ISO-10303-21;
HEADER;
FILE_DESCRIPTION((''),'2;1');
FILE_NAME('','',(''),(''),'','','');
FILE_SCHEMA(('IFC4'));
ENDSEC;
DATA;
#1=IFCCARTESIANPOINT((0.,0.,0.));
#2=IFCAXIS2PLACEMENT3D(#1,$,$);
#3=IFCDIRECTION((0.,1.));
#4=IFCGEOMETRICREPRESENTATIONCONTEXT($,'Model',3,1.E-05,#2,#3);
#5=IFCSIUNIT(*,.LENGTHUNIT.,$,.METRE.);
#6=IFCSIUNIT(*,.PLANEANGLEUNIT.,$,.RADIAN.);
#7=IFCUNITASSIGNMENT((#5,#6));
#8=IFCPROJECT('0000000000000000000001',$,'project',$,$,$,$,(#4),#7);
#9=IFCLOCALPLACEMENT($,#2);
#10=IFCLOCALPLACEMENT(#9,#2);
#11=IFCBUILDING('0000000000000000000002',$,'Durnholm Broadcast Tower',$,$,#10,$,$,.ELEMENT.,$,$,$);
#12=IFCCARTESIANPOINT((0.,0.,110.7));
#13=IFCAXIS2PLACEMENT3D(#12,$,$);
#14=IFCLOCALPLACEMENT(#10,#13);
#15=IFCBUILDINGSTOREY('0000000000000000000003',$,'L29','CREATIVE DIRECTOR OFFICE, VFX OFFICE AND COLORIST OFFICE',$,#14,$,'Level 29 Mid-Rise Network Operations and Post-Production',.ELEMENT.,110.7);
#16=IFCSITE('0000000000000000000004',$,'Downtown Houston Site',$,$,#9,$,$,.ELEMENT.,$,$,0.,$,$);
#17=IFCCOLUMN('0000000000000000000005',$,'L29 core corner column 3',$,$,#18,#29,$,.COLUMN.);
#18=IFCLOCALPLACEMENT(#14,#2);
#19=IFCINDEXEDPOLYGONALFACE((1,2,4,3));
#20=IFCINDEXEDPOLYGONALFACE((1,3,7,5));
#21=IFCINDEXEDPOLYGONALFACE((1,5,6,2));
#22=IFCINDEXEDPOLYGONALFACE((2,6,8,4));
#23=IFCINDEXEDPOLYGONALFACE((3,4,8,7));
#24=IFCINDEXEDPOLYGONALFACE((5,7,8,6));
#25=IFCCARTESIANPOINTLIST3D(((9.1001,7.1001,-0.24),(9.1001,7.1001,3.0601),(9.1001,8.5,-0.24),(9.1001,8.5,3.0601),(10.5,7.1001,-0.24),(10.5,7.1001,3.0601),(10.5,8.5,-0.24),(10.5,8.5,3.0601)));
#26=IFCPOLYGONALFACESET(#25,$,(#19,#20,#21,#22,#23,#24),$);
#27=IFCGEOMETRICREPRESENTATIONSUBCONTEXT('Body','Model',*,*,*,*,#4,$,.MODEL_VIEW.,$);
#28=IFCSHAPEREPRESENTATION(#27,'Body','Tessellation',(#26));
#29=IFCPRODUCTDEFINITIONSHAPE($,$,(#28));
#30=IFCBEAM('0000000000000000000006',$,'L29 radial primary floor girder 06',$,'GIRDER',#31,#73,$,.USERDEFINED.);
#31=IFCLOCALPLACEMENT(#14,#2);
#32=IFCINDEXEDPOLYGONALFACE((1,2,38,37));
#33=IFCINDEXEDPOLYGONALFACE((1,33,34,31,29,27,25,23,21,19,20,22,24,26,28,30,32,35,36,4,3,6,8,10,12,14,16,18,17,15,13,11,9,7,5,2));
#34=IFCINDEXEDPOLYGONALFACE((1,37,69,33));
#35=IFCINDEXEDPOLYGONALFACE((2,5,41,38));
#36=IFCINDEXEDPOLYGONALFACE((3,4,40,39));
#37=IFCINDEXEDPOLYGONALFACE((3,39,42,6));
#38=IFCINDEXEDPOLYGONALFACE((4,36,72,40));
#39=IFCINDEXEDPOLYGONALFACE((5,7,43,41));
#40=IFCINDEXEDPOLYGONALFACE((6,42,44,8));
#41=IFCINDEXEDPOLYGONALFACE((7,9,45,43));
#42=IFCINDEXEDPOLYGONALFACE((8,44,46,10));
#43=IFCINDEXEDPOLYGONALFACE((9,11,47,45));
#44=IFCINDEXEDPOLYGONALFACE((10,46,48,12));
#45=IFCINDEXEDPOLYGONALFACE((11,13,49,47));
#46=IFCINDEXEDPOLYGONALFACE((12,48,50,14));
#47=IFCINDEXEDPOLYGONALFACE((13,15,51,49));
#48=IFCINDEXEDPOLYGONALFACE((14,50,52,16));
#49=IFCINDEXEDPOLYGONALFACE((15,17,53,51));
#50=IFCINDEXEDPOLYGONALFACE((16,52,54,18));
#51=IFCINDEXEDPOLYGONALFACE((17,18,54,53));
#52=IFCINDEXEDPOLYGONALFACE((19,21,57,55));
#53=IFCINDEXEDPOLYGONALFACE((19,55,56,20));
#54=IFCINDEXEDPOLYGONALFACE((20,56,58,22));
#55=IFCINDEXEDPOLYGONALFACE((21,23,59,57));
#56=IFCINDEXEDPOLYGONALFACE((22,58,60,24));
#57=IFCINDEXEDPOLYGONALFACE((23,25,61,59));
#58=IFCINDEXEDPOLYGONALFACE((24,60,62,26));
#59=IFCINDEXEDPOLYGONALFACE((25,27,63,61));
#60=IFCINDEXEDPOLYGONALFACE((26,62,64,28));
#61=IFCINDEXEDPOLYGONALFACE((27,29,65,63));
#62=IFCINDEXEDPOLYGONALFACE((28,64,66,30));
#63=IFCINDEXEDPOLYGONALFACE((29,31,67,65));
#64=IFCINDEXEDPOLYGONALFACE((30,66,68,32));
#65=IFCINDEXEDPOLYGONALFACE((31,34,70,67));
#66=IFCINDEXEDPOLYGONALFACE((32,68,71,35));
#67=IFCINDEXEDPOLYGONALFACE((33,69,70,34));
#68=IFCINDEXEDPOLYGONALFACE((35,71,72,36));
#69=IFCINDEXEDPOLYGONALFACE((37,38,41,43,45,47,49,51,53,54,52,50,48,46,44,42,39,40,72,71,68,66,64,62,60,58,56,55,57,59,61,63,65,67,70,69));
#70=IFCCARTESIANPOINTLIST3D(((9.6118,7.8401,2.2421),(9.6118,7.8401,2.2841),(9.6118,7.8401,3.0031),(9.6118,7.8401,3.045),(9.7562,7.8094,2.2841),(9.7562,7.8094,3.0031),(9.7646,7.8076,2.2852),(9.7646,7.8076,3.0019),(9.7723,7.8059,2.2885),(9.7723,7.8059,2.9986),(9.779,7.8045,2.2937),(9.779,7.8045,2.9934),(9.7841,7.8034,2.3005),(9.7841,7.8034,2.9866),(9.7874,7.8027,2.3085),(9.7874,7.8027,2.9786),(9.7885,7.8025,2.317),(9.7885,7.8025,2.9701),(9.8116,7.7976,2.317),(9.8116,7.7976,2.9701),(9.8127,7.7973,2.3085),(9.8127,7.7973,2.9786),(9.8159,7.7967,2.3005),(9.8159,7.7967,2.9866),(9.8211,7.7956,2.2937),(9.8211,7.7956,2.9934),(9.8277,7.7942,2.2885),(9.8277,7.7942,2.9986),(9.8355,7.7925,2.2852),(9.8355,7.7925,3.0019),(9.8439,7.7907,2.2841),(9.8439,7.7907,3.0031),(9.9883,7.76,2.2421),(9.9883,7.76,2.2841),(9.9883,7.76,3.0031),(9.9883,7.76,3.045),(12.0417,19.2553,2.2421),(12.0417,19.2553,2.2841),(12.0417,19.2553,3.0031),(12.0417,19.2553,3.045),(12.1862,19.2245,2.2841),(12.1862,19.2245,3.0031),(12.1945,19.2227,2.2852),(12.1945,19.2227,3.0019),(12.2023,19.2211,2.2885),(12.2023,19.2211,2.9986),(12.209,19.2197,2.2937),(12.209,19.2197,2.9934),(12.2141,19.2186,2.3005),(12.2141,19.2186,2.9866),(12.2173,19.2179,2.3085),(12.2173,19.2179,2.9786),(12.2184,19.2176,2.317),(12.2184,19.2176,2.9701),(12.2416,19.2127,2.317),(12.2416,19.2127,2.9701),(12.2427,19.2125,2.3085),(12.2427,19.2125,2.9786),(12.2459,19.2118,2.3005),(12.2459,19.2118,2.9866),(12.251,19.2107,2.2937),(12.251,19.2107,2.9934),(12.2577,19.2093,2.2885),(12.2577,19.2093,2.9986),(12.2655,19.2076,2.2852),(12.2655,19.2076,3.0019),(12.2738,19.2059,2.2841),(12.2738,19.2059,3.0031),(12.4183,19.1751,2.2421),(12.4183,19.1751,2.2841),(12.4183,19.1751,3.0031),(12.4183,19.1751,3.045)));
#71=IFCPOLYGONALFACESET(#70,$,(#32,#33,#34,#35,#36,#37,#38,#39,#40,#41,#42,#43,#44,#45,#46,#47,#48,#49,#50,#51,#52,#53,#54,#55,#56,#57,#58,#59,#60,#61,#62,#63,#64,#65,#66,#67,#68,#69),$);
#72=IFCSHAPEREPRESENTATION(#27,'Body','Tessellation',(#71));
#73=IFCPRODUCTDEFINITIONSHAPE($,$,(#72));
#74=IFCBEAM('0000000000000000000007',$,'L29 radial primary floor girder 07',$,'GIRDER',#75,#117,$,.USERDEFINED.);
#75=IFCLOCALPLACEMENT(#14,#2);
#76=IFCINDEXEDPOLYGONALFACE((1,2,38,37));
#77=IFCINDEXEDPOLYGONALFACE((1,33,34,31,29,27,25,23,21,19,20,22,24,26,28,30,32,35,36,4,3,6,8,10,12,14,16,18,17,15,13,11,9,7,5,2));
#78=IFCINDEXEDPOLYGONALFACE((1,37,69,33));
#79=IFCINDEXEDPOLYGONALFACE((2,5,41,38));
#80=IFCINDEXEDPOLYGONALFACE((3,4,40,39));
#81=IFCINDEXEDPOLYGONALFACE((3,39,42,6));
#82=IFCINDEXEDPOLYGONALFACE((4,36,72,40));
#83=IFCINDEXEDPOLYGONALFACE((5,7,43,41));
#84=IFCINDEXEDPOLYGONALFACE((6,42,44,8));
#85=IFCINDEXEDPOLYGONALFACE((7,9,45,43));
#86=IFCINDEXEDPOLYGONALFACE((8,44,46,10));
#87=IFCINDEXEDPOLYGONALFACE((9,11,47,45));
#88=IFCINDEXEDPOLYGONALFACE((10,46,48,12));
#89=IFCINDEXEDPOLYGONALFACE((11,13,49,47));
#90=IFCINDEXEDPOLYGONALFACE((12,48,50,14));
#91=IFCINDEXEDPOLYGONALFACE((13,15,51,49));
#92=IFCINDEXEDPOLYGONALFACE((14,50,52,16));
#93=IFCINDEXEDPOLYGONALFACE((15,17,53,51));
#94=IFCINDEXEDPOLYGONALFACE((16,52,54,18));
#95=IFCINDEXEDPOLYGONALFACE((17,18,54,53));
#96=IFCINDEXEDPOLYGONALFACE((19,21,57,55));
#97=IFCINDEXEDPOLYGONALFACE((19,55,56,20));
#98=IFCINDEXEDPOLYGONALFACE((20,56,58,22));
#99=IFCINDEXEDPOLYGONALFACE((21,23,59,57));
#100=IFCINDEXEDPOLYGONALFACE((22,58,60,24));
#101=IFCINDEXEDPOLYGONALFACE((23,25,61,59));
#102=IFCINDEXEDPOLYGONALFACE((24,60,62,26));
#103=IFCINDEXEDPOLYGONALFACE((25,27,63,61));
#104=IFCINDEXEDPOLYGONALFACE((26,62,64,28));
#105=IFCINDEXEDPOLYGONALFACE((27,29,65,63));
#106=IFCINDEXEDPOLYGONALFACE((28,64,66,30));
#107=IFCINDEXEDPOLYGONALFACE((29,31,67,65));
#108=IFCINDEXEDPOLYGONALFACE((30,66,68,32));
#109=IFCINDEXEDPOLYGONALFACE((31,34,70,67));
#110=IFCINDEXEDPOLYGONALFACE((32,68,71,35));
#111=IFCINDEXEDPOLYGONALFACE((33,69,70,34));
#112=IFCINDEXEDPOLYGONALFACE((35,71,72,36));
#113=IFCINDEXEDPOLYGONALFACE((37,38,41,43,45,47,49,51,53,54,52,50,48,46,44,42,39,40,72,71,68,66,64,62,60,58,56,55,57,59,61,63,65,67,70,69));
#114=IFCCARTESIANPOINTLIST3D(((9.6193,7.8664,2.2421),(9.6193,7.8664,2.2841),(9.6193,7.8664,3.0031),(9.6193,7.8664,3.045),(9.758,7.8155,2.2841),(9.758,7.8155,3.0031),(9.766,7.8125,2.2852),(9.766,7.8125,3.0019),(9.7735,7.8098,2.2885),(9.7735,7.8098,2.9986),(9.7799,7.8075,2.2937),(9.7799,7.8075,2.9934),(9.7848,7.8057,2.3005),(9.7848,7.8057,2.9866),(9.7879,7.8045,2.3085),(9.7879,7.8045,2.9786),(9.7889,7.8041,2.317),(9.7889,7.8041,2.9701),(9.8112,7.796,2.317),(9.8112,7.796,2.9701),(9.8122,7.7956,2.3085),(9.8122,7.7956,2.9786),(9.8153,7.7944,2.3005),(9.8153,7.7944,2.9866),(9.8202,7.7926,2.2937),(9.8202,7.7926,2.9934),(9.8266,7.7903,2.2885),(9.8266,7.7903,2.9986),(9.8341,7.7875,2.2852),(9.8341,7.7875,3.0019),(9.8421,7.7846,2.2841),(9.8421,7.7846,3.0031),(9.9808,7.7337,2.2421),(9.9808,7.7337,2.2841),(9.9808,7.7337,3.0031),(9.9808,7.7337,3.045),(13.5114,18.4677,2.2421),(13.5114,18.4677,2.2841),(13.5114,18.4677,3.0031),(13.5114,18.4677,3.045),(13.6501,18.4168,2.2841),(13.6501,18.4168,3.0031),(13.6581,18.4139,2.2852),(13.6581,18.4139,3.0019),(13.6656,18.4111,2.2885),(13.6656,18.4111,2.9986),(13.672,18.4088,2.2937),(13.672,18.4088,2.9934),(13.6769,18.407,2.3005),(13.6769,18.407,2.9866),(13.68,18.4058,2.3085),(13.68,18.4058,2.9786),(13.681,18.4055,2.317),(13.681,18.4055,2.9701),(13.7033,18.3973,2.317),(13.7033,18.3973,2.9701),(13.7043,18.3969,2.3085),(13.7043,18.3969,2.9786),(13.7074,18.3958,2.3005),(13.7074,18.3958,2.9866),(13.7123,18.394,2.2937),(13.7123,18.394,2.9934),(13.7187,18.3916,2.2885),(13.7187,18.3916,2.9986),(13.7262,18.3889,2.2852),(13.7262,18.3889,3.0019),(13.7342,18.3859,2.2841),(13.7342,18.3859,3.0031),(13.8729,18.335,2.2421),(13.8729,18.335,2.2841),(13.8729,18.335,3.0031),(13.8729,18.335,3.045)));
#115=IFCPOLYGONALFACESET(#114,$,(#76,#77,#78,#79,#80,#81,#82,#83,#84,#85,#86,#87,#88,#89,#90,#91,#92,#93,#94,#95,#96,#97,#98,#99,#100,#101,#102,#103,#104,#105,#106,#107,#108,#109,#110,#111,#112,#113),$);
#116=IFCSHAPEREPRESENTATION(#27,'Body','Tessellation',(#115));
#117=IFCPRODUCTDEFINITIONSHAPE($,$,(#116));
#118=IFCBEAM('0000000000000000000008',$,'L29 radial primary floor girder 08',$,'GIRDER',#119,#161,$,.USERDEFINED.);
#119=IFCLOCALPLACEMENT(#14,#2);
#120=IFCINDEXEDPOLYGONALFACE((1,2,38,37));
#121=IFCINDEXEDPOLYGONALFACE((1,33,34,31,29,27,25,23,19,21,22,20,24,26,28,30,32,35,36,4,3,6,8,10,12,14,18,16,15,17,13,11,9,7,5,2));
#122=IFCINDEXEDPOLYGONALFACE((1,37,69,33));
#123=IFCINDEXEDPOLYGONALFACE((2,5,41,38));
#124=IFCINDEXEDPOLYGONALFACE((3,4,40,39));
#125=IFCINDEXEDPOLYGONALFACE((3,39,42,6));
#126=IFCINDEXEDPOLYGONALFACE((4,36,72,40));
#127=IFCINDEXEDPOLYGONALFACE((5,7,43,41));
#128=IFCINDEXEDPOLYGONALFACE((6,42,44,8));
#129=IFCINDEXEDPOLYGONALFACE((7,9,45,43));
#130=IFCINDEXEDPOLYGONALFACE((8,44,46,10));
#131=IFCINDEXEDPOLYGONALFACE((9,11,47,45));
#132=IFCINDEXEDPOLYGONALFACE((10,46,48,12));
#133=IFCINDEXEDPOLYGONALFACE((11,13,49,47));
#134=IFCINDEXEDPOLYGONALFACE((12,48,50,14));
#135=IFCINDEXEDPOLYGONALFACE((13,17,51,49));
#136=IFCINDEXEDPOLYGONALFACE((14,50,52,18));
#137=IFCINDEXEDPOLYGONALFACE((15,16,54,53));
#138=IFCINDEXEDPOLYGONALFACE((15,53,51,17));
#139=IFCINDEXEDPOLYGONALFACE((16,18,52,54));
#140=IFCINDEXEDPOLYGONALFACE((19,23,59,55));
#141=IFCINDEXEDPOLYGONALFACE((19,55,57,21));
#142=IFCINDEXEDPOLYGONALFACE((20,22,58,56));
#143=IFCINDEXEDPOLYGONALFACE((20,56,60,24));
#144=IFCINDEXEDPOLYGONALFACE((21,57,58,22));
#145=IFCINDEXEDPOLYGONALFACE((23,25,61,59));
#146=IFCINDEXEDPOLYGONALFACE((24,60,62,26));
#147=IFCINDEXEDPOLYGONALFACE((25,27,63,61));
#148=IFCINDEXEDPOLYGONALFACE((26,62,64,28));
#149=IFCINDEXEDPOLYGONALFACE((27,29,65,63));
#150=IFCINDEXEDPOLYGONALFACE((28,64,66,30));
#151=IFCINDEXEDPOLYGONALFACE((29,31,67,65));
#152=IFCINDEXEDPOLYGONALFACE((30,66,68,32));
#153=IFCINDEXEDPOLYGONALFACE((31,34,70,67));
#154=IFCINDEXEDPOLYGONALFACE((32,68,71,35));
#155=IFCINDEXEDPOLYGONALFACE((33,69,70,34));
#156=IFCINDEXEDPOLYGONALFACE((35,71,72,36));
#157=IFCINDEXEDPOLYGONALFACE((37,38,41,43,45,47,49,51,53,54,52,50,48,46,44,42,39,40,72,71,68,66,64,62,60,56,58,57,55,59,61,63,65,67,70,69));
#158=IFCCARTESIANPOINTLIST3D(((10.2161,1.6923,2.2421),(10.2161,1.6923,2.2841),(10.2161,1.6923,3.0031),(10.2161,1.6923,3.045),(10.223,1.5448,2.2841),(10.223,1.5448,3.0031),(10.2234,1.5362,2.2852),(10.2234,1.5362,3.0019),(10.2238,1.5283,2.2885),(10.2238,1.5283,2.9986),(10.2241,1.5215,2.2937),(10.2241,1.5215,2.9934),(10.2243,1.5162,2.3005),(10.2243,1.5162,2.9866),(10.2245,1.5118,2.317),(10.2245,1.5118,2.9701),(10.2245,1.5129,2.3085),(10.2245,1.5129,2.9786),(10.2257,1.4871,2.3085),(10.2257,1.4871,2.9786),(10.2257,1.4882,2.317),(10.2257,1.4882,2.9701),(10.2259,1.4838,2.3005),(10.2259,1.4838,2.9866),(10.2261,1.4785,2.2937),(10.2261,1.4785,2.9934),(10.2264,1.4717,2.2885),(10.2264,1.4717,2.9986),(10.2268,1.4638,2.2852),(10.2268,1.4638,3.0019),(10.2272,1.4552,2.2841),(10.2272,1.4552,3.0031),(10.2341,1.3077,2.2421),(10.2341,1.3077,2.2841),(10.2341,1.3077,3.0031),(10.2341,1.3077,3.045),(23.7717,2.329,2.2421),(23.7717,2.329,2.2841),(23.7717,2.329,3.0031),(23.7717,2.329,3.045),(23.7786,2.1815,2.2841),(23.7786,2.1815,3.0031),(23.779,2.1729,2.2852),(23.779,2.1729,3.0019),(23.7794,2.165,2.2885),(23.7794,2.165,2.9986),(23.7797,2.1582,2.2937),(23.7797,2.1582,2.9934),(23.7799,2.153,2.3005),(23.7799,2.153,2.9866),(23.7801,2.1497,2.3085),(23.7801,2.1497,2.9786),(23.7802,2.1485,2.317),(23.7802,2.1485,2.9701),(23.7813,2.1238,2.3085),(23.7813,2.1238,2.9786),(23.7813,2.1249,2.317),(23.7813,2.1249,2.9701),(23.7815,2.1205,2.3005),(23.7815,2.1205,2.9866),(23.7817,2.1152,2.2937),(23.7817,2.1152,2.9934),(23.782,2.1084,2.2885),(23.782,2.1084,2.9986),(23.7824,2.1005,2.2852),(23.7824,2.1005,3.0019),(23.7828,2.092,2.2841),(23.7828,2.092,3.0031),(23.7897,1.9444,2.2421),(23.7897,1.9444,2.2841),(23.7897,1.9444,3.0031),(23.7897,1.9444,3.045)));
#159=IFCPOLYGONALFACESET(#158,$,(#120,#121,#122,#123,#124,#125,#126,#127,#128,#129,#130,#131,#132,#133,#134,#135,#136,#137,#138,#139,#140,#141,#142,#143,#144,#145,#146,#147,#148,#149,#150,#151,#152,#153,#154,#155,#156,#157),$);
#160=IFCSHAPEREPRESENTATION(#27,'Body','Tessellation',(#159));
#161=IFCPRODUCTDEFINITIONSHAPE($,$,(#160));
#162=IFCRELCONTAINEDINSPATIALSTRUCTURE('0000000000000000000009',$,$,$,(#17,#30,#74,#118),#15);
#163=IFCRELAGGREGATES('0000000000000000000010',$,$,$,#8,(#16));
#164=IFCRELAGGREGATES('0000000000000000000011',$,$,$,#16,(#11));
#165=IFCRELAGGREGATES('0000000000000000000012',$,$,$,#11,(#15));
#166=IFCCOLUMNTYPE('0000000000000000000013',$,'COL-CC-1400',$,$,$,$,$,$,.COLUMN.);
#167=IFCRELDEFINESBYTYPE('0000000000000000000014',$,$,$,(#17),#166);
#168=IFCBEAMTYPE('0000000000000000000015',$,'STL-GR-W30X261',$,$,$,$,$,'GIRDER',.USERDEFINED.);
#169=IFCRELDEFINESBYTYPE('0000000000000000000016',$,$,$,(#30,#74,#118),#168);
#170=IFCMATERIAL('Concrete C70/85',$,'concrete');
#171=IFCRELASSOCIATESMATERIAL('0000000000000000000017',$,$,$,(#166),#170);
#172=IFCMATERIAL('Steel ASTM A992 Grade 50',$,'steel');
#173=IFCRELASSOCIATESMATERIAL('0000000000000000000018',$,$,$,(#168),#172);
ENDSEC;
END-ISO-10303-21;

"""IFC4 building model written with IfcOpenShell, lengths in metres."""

from ifc_helpers import new_model, si_unit, direction, frame, origin, origin_2d, place, context, subcontext, project, spatial, rectangle, i_section, extrude, source, transform, mapped, material, material_profile, profile_set, type_object, type_shapes, element, save


model = new_model("IFC4")

# Units and contexts
model_context = context("Model", 3, precision=1e-05, world=origin(), true_north=direction((0.0, 1.0)))
body_context = subcontext(model_context, "Body", "Model", "MODEL_VIEW")
ifc_project = project(units=[si_unit("LENGTHUNIT", "METRE"), si_unit("PLANEANGLEUNIT", "RADIAN")], contexts=[model_context])

# Site, building, storey
site_placement = place(None, origin())
site = spatial("IfcSite", under=ifc_project, at=site_placement, Name="Downtown Houston Site", CompositionType="ELEMENT", RefElevation=0.0)
building_placement = place(site_placement, origin())
building = spatial("IfcBuilding", under=site, at=building_placement, Name="Durnholm Broadcast Tower", CompositionType="ELEMENT")
storey_placement = place(building_placement, frame((0.0, 0.0, 110.7)))
storey = spatial("IfcBuildingStorey", under=building, at=storey_placement, Name="L29", Description="CREATIVE DIRECTOR OFFICE, VFX OFFICE AND COLORIST OFFICE", LongName="Level 29 Mid-Rise Network Operations and Post-Production", CompositionType="ELEMENT", Elevation=110.7)

# Column
ifc_material_1 = material(Name="Concrete C70/85", Category="concrete")
ifc_material_profile_1 = material_profile(ifc_material_1, rectangle(XDim=1.3999, YDim=1.3999, at=origin_2d()), Name="RC1400X1400")
ifc_profile_set_1 = profile_set([ifc_material_profile_1], Name="Concrete C70/85")
column_type = type_object("IfcColumnType", Name="COL-CC-1400", PredefinedType="COLUMN", material=ifc_profile_set_1)
shared_shape_1 = source(origin(), body_context, "Body", "SweptSolid", [
    extrude(rectangle(XDim=1.3999, YDim=1.3999, at=origin_2d()), origin(), (0.0, 0.0, 1.0), 3.3),
])
type_shapes(column_type, [shared_shape_1])
column_placement = place(storey_placement, frame((9.8, 7.8, -0.24), z_axis=(0.0, 0.0, 1.0), x_axis=(1.0, 0.0, 0.0)))
element("IfcColumn", 1, at=column_placement, inside=storey, type_object=column_type, Name="L29 core corner column 3", PredefinedType="COLUMN", context=body_context, shape_type="MappedRepresentation", body=[
    mapped(shared_shape_1, transform((0.0, 0.0, 0.0), x_axis=(1.0, 0.0, 0.0), y_axis=(0.0, 1.0, 0.0), z_axis=(0.0, 0.0, 1.0), scale=1.0)),
])

# Beams
ifc_material_2 = material(Name="Steel ASTM A992 Grade 50", Category="steel")
ifc_material_profile_2 = material_profile(ifc_material_2, i_section(OverallWidth=0.385, OverallDepth=0.803, WebThickness=0.0237, FlangeThickness=0.042, FilletRadius=0.033, at=origin_2d()), Name="W30X261")
ifc_profile_set_2 = profile_set([ifc_material_profile_2], Name="Steel ASTM A992 Grade 50")
beam_type_1 = type_object("IfcBeamType", Name="STL-GR-W30X261", ElementType="GIRDER", PredefinedType="USERDEFINED", material=ifc_profile_set_2)
shared_shape_2 = source(origin(), body_context, "Body", "SweptSolid", [
    extrude(i_section(OverallWidth=0.385, OverallDepth=0.803, WebThickness=0.0237, FlangeThickness=0.042, FilletRadius=0.033, at=origin_2d()), origin(), (0.0, 0.0, 1.0), 11.6709),
])
beam_1_placement = place(storey_placement, frame((9.8, 7.8, 2.6436), z_axis=(0.208206, 0.978085, 0.0), x_axis=(-0.978085, 0.208206, 0.0)))
element("IfcBeam", 2, at=beam_1_placement, inside=storey, type_object=beam_type_1, Name="L29 radial primary floor girder 06", ObjectType="GIRDER", PredefinedType="USERDEFINED", context=body_context, shape_type="MappedRepresentation", body=[
    mapped(shared_shape_2, transform((0.0, 0.0, 0.0), x_axis=(1.0, 0.0, 0.0), y_axis=(0.0, 1.0, 0.0), z_axis=(0.0, 0.0, 1.0), scale=1.0)),
])
shared_shape_3 = source(origin(), body_context, "Body", "SweptSolid", [
    extrude(i_section(OverallWidth=0.385, OverallDepth=0.803, WebThickness=0.0237, FlangeThickness=0.042, FilletRadius=0.033, at=origin_2d()), origin(), (0.0, 0.0, 1.0), 11.2932),
])
beam_2_placement = place(storey_placement, frame((9.8, 7.8, 2.6436), z_axis=(0.34464, 0.938735, 0.0), x_axis=(-0.938735, 0.34464, 0.0)))
element("IfcBeam", 3, at=beam_2_placement, inside=storey, type_object=beam_type_1, Name="L29 radial primary floor girder 07", ObjectType="GIRDER", PredefinedType="USERDEFINED", context=body_context, shape_type="MappedRepresentation", body=[
    mapped(shared_shape_3, transform((0.0, 0.0, 0.0), x_axis=(1.0, 0.0, 0.0), y_axis=(0.0, 1.0, 0.0), z_axis=(0.0, 0.0, 1.0), scale=1.0)),
])
shared_shape_4 = source(origin(), body_context, "Body", "SweptSolid", [
    extrude(i_section(OverallWidth=0.385, OverallDepth=0.803, WebThickness=0.0237, FlangeThickness=0.042, FilletRadius=0.033, at=origin_2d()), origin(), (0.0, 0.0, 1.0), 13.5706),
])
beam_3_placement = place(storey_placement, frame((10.2251, 1.5, 2.6436), z_axis=(0.998899, 0.046919, 0.0), x_axis=(-0.046919, 0.998899, 0.0)))
element("IfcBeam", 4, at=beam_3_placement, inside=storey, type_object=beam_type_1, Name="L29 radial primary floor girder 08", ObjectType="GIRDER", PredefinedType="USERDEFINED", context=body_context, shape_type="MappedRepresentation", body=[
    mapped(shared_shape_4, transform((0.0, 0.0, 0.0), x_axis=(1.0, 0.0, 0.0), y_axis=(0.0, 1.0, 0.0), z_axis=(0.0, 0.0, 1.0), scale=1.0)),
])

save(model, "model.ifc")
